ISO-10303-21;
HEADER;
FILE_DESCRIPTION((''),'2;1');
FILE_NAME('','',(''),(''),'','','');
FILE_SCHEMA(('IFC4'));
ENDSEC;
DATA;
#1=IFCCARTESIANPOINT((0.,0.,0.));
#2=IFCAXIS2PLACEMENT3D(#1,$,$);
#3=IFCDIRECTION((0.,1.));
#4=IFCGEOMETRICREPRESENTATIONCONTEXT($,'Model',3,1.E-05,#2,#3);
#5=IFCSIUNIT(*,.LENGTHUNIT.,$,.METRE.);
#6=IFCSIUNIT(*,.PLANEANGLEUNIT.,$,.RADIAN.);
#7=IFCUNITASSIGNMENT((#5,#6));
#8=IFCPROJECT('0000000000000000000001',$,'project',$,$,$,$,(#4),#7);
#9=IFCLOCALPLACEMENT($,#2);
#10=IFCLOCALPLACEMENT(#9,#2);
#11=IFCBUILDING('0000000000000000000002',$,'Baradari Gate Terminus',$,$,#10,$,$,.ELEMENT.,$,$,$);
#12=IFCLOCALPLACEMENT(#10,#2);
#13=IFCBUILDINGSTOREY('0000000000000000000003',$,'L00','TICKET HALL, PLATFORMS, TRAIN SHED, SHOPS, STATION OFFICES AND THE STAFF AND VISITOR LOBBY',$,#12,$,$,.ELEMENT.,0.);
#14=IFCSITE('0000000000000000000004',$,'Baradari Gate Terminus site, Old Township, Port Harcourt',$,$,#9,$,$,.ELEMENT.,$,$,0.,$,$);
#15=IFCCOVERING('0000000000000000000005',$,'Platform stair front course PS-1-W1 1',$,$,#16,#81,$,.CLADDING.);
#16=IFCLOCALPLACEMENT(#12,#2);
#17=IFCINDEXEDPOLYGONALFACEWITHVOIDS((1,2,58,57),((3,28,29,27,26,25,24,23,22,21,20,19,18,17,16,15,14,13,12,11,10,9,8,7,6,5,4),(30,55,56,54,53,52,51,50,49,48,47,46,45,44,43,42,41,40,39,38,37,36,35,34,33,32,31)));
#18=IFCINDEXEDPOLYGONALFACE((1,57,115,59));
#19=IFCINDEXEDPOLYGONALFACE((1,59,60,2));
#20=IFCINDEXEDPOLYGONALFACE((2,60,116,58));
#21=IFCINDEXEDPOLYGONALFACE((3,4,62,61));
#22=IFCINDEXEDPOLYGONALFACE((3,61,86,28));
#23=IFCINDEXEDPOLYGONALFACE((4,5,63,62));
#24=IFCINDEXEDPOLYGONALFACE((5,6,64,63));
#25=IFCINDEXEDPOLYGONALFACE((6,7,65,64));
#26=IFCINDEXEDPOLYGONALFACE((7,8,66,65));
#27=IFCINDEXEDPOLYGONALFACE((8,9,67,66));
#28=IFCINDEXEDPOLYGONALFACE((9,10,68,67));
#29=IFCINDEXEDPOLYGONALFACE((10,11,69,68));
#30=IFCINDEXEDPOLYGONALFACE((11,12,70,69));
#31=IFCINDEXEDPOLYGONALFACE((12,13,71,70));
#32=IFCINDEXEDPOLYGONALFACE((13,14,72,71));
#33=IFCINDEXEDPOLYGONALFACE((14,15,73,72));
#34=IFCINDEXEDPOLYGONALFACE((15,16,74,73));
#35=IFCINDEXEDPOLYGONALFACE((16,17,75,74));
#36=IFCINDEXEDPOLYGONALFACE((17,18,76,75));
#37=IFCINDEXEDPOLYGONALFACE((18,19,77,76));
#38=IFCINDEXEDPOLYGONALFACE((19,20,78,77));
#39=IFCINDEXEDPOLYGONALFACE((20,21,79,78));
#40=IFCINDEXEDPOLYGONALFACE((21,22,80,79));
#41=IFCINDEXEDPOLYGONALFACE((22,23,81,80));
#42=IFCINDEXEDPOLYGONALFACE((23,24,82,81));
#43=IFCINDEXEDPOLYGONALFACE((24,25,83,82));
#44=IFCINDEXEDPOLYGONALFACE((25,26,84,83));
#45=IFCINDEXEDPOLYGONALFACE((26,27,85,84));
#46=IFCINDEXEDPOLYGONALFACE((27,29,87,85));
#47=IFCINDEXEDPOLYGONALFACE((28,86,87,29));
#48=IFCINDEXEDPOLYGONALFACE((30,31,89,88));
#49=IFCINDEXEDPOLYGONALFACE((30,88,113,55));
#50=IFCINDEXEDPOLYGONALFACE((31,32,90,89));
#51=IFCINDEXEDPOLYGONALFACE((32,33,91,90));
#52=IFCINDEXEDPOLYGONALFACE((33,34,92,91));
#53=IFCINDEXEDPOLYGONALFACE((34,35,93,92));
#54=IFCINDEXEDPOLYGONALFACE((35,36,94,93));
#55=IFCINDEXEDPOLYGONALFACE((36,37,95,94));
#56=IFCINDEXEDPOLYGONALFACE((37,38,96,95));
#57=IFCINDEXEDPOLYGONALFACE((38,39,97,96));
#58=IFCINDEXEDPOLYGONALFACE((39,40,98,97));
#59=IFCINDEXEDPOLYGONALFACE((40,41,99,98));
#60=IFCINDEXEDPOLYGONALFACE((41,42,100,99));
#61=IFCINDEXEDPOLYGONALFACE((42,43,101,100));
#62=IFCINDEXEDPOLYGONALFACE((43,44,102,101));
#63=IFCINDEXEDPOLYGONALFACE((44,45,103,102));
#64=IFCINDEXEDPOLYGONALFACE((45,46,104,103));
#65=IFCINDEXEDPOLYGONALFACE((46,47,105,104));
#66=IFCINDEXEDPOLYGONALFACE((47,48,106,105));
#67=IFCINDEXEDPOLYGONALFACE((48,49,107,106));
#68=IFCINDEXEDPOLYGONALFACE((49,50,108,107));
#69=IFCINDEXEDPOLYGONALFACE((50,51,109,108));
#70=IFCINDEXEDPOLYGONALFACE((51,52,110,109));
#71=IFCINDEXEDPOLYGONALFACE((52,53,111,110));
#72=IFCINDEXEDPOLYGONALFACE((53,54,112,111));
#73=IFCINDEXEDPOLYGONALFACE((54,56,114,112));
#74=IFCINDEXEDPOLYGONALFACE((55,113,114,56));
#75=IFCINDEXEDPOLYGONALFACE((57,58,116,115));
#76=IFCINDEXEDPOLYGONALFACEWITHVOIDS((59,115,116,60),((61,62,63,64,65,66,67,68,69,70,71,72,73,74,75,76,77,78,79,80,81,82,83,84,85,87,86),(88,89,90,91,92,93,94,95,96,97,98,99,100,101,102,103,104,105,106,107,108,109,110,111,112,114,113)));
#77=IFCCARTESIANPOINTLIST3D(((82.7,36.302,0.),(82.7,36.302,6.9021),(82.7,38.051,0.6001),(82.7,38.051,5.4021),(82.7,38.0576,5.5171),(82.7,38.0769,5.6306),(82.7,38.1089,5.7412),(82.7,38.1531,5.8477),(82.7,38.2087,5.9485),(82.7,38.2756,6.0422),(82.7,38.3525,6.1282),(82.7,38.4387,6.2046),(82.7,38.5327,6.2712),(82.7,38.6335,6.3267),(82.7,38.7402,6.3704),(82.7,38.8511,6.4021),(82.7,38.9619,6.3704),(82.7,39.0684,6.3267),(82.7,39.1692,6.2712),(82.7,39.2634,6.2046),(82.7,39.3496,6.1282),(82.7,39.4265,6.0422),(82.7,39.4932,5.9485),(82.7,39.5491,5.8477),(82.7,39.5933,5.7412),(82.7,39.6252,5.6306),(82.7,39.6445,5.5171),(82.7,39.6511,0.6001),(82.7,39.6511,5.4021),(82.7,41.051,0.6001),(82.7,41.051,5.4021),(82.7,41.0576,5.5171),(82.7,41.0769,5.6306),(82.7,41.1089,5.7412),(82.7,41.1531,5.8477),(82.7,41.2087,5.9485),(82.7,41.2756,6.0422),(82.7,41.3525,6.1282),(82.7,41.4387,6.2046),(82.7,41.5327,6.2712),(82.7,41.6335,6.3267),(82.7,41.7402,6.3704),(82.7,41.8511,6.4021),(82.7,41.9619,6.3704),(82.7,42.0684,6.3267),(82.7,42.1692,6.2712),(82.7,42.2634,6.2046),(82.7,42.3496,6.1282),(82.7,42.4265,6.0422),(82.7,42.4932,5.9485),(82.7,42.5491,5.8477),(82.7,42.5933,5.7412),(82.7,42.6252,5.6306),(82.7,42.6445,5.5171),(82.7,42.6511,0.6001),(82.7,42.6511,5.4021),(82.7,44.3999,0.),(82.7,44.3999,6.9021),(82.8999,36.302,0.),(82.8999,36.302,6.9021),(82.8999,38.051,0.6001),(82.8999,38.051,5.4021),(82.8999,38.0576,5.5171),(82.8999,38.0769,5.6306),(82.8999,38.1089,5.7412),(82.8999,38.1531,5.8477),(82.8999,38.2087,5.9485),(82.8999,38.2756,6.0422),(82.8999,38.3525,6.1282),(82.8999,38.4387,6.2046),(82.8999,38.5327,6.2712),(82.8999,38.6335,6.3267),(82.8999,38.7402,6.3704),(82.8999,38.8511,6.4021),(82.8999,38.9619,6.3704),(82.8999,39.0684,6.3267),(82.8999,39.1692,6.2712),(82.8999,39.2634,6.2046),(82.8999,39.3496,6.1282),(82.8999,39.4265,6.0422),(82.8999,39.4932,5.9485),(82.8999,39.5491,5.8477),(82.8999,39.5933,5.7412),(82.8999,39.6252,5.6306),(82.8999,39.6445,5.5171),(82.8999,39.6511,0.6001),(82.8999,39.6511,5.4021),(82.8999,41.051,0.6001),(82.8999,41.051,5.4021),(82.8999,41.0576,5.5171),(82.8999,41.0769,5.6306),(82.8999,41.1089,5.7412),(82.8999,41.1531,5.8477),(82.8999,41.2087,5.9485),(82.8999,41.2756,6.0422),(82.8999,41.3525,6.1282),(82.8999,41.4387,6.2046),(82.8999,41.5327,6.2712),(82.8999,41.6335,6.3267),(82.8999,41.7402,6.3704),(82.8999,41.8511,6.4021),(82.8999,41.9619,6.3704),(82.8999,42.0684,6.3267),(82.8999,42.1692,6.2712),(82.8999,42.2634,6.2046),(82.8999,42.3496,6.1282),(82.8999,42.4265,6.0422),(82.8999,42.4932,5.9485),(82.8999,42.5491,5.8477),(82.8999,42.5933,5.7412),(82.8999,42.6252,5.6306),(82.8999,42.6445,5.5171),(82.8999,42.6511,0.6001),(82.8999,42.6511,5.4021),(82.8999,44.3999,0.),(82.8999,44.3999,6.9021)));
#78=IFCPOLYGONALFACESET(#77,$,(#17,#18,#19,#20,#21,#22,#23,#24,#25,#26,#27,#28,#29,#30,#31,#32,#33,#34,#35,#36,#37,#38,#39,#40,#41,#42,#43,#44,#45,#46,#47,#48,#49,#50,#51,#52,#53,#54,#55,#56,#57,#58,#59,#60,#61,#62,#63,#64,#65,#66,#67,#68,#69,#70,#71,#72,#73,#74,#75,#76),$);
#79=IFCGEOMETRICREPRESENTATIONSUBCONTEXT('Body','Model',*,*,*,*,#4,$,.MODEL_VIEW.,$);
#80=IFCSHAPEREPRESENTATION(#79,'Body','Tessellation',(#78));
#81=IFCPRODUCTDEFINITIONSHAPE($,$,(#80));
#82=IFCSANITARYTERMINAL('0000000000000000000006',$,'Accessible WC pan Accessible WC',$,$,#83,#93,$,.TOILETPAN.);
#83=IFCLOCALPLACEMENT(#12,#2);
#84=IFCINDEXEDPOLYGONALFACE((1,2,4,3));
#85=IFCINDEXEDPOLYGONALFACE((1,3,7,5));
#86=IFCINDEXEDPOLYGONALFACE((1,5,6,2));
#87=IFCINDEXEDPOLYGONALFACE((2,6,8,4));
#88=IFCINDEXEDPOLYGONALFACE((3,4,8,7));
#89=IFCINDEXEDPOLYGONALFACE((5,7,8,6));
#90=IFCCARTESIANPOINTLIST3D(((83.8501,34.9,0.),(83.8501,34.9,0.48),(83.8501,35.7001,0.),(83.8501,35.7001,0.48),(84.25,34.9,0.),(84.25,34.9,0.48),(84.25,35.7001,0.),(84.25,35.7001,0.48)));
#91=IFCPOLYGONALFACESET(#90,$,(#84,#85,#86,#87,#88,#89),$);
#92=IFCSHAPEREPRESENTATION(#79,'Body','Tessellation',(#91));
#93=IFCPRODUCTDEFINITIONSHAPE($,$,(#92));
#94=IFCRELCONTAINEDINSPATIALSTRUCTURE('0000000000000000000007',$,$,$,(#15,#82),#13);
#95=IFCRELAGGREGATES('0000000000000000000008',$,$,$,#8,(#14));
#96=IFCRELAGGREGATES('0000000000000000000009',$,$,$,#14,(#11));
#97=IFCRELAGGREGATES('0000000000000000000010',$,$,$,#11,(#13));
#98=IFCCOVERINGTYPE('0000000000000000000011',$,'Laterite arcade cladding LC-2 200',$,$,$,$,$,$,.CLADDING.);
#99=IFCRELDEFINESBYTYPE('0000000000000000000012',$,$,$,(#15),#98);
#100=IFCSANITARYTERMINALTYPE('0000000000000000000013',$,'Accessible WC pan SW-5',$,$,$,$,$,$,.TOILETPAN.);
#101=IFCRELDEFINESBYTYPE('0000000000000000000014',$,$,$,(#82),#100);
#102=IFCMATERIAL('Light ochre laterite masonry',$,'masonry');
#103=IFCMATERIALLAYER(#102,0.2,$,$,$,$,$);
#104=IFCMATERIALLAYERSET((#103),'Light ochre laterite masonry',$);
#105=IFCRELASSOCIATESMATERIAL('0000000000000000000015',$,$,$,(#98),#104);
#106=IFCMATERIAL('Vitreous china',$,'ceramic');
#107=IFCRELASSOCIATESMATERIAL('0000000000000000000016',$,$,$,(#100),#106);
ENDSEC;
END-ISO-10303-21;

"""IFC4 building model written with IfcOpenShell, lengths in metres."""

from ifc_helpers import new_model, si_unit, direction, frame, origin, origin_2d, place, context, subcontext, project, spatial, polyline, rectangle, outline, extrude, material, layer, layer_set, type_object, element, save


model = new_model("IFC4")

# Units and contexts
model_context = context("Model", 3, precision=1e-05, world=origin(), true_north=direction((0.0, 1.0)))
body_context = subcontext(model_context, "Body", "Model", "MODEL_VIEW")
ifc_project = project(units=[si_unit("LENGTHUNIT", "METRE"), si_unit("PLANEANGLEUNIT", "RADIAN")], contexts=[model_context])

# Site, building, storey
site_placement = place(None, origin())
site = spatial("IfcSite", under=ifc_project, at=site_placement, Name="Baradari Gate Terminus site, Old Township, Port Harcourt", CompositionType="ELEMENT", RefElevation=0.0)
building_placement = place(site_placement, origin())
building = spatial("IfcBuilding", under=site, at=building_placement, Name="Baradari Gate Terminus", CompositionType="ELEMENT")
storey_placement = place(building_placement, origin())
storey = spatial("IfcBuildingStorey", under=building, at=storey_placement, Name="L00", Description="TICKET HALL, PLATFORMS, TRAIN SHED, SHOPS, STATION OFFICES AND THE STAFF AND VISITOR LOBBY", CompositionType="ELEMENT", Elevation=0.0)

# Covering
ifc_material_1 = material(Name="Light ochre laterite masonry", Category="masonry")
ifc_layer_1 = layer(ifc_material_1, 0.2)
ifc_layer_set_1 = layer_set([ifc_layer_1], Name="Light ochre laterite masonry")
covering_type = type_object("IfcCoveringType", Name="Laterite arcade cladding LC-2 200", PredefinedType="CLADDING", material=ifc_layer_set_1)
covering_placement = place(storey_placement, frame((82.8, 36.302, 0.0), z_axis=(0.0, 0.0, 1.0), x_axis=(0.0, 1.0, 0.0)))
element("IfcCovering", 1, at=covering_placement, inside=storey, type_object=covering_type, Name="Platform stair front course PS-1-W1 1", PredefinedType="CLADDING", context=body_context, shape_type="SweptSolid", body=[
    extrude(outline(polyline([(0.0, 0.0), (8.0979, 0.0), (8.0979, 6.9021), (0.0, 6.9021), (0.0, 0.0)]), holes=[polyline([(1.749, 5.4021), (1.7556, 5.5171), (1.7749, 5.6306), (1.8069, 5.7412), (1.8511, 5.8477), (1.9067, 5.9485), (1.9736, 6.0422), (2.0505, 6.1282), (2.1367, 6.2046), (2.2307, 6.2712), (2.3315, 6.3267), (2.4382, 6.3704), (2.5491, 6.4021), (2.6599, 6.3704), (2.7664, 6.3267), (2.8672, 6.2712), (2.9614, 6.2046), (3.0476, 6.1282), (3.1245, 6.0422), (3.1912, 5.9485), (3.2471, 5.8477), (3.2913, 5.7412), (3.3232, 5.6306), (3.3425, 5.5171), (3.3491, 5.4021), (3.3491, 0.6001), (1.749, 0.6001), (1.749, 5.4021)]), polyline([(4.749, 5.4021), (4.7556, 5.5171), (4.7749, 5.6306), (4.8069, 5.7412), (4.8511, 5.8477), (4.9067, 5.9485), (4.9736, 6.0422), (5.0505, 6.1282), (5.1367, 6.2046), (5.2307, 6.2712), (5.3315, 6.3267), (5.4382, 6.3704), (5.5491, 6.4021), (5.6599, 6.3704), (5.7664, 6.3267), (5.8672, 6.2712), (5.9614, 6.2046), (6.0476, 6.1282), (6.1245, 6.0422), (6.1912, 5.9485), (6.2471, 5.8477), (6.2913, 5.7412), (6.3232, 5.6306), (6.3425, 5.5171), (6.3491, 5.4021), (6.3491, 0.6001), (4.749, 0.6001), (4.749, 5.4021)])]), frame((0.0, 0.1001, 0.0), z_axis=(0.0, -1.0, 0.0), x_axis=(1.0, 0.0, 0.0)), (0.0, 0.0, 1.0), 0.2),
])

# Sanitary terminal
ifc_material_2 = material(Name="Vitreous china", Category="ceramic")
sanitary_terminal_type = type_object("IfcSanitaryTerminalType", Name="Accessible WC pan SW-5", PredefinedType="TOILETPAN", material=ifc_material_2)
sanitary_terminal_placement = place(storey_placement, frame((84.05, 35.3, 0.0), z_axis=(0.0, 0.0, 1.0), x_axis=(1.0, 0.0, 0.0)))
element("IfcSanitaryTerminal", 2, at=sanitary_terminal_placement, inside=storey, type_object=sanitary_terminal_type, Name="Accessible WC pan Accessible WC", PredefinedType="TOILETPAN", context=body_context, shape_type="SweptSolid", body=[
    extrude(rectangle(XDim=0.3999, YDim=0.8, at=origin_2d()), origin(), (0.0, 0.0, 1.0), 0.48),
])

save(model, "model.ifc")
